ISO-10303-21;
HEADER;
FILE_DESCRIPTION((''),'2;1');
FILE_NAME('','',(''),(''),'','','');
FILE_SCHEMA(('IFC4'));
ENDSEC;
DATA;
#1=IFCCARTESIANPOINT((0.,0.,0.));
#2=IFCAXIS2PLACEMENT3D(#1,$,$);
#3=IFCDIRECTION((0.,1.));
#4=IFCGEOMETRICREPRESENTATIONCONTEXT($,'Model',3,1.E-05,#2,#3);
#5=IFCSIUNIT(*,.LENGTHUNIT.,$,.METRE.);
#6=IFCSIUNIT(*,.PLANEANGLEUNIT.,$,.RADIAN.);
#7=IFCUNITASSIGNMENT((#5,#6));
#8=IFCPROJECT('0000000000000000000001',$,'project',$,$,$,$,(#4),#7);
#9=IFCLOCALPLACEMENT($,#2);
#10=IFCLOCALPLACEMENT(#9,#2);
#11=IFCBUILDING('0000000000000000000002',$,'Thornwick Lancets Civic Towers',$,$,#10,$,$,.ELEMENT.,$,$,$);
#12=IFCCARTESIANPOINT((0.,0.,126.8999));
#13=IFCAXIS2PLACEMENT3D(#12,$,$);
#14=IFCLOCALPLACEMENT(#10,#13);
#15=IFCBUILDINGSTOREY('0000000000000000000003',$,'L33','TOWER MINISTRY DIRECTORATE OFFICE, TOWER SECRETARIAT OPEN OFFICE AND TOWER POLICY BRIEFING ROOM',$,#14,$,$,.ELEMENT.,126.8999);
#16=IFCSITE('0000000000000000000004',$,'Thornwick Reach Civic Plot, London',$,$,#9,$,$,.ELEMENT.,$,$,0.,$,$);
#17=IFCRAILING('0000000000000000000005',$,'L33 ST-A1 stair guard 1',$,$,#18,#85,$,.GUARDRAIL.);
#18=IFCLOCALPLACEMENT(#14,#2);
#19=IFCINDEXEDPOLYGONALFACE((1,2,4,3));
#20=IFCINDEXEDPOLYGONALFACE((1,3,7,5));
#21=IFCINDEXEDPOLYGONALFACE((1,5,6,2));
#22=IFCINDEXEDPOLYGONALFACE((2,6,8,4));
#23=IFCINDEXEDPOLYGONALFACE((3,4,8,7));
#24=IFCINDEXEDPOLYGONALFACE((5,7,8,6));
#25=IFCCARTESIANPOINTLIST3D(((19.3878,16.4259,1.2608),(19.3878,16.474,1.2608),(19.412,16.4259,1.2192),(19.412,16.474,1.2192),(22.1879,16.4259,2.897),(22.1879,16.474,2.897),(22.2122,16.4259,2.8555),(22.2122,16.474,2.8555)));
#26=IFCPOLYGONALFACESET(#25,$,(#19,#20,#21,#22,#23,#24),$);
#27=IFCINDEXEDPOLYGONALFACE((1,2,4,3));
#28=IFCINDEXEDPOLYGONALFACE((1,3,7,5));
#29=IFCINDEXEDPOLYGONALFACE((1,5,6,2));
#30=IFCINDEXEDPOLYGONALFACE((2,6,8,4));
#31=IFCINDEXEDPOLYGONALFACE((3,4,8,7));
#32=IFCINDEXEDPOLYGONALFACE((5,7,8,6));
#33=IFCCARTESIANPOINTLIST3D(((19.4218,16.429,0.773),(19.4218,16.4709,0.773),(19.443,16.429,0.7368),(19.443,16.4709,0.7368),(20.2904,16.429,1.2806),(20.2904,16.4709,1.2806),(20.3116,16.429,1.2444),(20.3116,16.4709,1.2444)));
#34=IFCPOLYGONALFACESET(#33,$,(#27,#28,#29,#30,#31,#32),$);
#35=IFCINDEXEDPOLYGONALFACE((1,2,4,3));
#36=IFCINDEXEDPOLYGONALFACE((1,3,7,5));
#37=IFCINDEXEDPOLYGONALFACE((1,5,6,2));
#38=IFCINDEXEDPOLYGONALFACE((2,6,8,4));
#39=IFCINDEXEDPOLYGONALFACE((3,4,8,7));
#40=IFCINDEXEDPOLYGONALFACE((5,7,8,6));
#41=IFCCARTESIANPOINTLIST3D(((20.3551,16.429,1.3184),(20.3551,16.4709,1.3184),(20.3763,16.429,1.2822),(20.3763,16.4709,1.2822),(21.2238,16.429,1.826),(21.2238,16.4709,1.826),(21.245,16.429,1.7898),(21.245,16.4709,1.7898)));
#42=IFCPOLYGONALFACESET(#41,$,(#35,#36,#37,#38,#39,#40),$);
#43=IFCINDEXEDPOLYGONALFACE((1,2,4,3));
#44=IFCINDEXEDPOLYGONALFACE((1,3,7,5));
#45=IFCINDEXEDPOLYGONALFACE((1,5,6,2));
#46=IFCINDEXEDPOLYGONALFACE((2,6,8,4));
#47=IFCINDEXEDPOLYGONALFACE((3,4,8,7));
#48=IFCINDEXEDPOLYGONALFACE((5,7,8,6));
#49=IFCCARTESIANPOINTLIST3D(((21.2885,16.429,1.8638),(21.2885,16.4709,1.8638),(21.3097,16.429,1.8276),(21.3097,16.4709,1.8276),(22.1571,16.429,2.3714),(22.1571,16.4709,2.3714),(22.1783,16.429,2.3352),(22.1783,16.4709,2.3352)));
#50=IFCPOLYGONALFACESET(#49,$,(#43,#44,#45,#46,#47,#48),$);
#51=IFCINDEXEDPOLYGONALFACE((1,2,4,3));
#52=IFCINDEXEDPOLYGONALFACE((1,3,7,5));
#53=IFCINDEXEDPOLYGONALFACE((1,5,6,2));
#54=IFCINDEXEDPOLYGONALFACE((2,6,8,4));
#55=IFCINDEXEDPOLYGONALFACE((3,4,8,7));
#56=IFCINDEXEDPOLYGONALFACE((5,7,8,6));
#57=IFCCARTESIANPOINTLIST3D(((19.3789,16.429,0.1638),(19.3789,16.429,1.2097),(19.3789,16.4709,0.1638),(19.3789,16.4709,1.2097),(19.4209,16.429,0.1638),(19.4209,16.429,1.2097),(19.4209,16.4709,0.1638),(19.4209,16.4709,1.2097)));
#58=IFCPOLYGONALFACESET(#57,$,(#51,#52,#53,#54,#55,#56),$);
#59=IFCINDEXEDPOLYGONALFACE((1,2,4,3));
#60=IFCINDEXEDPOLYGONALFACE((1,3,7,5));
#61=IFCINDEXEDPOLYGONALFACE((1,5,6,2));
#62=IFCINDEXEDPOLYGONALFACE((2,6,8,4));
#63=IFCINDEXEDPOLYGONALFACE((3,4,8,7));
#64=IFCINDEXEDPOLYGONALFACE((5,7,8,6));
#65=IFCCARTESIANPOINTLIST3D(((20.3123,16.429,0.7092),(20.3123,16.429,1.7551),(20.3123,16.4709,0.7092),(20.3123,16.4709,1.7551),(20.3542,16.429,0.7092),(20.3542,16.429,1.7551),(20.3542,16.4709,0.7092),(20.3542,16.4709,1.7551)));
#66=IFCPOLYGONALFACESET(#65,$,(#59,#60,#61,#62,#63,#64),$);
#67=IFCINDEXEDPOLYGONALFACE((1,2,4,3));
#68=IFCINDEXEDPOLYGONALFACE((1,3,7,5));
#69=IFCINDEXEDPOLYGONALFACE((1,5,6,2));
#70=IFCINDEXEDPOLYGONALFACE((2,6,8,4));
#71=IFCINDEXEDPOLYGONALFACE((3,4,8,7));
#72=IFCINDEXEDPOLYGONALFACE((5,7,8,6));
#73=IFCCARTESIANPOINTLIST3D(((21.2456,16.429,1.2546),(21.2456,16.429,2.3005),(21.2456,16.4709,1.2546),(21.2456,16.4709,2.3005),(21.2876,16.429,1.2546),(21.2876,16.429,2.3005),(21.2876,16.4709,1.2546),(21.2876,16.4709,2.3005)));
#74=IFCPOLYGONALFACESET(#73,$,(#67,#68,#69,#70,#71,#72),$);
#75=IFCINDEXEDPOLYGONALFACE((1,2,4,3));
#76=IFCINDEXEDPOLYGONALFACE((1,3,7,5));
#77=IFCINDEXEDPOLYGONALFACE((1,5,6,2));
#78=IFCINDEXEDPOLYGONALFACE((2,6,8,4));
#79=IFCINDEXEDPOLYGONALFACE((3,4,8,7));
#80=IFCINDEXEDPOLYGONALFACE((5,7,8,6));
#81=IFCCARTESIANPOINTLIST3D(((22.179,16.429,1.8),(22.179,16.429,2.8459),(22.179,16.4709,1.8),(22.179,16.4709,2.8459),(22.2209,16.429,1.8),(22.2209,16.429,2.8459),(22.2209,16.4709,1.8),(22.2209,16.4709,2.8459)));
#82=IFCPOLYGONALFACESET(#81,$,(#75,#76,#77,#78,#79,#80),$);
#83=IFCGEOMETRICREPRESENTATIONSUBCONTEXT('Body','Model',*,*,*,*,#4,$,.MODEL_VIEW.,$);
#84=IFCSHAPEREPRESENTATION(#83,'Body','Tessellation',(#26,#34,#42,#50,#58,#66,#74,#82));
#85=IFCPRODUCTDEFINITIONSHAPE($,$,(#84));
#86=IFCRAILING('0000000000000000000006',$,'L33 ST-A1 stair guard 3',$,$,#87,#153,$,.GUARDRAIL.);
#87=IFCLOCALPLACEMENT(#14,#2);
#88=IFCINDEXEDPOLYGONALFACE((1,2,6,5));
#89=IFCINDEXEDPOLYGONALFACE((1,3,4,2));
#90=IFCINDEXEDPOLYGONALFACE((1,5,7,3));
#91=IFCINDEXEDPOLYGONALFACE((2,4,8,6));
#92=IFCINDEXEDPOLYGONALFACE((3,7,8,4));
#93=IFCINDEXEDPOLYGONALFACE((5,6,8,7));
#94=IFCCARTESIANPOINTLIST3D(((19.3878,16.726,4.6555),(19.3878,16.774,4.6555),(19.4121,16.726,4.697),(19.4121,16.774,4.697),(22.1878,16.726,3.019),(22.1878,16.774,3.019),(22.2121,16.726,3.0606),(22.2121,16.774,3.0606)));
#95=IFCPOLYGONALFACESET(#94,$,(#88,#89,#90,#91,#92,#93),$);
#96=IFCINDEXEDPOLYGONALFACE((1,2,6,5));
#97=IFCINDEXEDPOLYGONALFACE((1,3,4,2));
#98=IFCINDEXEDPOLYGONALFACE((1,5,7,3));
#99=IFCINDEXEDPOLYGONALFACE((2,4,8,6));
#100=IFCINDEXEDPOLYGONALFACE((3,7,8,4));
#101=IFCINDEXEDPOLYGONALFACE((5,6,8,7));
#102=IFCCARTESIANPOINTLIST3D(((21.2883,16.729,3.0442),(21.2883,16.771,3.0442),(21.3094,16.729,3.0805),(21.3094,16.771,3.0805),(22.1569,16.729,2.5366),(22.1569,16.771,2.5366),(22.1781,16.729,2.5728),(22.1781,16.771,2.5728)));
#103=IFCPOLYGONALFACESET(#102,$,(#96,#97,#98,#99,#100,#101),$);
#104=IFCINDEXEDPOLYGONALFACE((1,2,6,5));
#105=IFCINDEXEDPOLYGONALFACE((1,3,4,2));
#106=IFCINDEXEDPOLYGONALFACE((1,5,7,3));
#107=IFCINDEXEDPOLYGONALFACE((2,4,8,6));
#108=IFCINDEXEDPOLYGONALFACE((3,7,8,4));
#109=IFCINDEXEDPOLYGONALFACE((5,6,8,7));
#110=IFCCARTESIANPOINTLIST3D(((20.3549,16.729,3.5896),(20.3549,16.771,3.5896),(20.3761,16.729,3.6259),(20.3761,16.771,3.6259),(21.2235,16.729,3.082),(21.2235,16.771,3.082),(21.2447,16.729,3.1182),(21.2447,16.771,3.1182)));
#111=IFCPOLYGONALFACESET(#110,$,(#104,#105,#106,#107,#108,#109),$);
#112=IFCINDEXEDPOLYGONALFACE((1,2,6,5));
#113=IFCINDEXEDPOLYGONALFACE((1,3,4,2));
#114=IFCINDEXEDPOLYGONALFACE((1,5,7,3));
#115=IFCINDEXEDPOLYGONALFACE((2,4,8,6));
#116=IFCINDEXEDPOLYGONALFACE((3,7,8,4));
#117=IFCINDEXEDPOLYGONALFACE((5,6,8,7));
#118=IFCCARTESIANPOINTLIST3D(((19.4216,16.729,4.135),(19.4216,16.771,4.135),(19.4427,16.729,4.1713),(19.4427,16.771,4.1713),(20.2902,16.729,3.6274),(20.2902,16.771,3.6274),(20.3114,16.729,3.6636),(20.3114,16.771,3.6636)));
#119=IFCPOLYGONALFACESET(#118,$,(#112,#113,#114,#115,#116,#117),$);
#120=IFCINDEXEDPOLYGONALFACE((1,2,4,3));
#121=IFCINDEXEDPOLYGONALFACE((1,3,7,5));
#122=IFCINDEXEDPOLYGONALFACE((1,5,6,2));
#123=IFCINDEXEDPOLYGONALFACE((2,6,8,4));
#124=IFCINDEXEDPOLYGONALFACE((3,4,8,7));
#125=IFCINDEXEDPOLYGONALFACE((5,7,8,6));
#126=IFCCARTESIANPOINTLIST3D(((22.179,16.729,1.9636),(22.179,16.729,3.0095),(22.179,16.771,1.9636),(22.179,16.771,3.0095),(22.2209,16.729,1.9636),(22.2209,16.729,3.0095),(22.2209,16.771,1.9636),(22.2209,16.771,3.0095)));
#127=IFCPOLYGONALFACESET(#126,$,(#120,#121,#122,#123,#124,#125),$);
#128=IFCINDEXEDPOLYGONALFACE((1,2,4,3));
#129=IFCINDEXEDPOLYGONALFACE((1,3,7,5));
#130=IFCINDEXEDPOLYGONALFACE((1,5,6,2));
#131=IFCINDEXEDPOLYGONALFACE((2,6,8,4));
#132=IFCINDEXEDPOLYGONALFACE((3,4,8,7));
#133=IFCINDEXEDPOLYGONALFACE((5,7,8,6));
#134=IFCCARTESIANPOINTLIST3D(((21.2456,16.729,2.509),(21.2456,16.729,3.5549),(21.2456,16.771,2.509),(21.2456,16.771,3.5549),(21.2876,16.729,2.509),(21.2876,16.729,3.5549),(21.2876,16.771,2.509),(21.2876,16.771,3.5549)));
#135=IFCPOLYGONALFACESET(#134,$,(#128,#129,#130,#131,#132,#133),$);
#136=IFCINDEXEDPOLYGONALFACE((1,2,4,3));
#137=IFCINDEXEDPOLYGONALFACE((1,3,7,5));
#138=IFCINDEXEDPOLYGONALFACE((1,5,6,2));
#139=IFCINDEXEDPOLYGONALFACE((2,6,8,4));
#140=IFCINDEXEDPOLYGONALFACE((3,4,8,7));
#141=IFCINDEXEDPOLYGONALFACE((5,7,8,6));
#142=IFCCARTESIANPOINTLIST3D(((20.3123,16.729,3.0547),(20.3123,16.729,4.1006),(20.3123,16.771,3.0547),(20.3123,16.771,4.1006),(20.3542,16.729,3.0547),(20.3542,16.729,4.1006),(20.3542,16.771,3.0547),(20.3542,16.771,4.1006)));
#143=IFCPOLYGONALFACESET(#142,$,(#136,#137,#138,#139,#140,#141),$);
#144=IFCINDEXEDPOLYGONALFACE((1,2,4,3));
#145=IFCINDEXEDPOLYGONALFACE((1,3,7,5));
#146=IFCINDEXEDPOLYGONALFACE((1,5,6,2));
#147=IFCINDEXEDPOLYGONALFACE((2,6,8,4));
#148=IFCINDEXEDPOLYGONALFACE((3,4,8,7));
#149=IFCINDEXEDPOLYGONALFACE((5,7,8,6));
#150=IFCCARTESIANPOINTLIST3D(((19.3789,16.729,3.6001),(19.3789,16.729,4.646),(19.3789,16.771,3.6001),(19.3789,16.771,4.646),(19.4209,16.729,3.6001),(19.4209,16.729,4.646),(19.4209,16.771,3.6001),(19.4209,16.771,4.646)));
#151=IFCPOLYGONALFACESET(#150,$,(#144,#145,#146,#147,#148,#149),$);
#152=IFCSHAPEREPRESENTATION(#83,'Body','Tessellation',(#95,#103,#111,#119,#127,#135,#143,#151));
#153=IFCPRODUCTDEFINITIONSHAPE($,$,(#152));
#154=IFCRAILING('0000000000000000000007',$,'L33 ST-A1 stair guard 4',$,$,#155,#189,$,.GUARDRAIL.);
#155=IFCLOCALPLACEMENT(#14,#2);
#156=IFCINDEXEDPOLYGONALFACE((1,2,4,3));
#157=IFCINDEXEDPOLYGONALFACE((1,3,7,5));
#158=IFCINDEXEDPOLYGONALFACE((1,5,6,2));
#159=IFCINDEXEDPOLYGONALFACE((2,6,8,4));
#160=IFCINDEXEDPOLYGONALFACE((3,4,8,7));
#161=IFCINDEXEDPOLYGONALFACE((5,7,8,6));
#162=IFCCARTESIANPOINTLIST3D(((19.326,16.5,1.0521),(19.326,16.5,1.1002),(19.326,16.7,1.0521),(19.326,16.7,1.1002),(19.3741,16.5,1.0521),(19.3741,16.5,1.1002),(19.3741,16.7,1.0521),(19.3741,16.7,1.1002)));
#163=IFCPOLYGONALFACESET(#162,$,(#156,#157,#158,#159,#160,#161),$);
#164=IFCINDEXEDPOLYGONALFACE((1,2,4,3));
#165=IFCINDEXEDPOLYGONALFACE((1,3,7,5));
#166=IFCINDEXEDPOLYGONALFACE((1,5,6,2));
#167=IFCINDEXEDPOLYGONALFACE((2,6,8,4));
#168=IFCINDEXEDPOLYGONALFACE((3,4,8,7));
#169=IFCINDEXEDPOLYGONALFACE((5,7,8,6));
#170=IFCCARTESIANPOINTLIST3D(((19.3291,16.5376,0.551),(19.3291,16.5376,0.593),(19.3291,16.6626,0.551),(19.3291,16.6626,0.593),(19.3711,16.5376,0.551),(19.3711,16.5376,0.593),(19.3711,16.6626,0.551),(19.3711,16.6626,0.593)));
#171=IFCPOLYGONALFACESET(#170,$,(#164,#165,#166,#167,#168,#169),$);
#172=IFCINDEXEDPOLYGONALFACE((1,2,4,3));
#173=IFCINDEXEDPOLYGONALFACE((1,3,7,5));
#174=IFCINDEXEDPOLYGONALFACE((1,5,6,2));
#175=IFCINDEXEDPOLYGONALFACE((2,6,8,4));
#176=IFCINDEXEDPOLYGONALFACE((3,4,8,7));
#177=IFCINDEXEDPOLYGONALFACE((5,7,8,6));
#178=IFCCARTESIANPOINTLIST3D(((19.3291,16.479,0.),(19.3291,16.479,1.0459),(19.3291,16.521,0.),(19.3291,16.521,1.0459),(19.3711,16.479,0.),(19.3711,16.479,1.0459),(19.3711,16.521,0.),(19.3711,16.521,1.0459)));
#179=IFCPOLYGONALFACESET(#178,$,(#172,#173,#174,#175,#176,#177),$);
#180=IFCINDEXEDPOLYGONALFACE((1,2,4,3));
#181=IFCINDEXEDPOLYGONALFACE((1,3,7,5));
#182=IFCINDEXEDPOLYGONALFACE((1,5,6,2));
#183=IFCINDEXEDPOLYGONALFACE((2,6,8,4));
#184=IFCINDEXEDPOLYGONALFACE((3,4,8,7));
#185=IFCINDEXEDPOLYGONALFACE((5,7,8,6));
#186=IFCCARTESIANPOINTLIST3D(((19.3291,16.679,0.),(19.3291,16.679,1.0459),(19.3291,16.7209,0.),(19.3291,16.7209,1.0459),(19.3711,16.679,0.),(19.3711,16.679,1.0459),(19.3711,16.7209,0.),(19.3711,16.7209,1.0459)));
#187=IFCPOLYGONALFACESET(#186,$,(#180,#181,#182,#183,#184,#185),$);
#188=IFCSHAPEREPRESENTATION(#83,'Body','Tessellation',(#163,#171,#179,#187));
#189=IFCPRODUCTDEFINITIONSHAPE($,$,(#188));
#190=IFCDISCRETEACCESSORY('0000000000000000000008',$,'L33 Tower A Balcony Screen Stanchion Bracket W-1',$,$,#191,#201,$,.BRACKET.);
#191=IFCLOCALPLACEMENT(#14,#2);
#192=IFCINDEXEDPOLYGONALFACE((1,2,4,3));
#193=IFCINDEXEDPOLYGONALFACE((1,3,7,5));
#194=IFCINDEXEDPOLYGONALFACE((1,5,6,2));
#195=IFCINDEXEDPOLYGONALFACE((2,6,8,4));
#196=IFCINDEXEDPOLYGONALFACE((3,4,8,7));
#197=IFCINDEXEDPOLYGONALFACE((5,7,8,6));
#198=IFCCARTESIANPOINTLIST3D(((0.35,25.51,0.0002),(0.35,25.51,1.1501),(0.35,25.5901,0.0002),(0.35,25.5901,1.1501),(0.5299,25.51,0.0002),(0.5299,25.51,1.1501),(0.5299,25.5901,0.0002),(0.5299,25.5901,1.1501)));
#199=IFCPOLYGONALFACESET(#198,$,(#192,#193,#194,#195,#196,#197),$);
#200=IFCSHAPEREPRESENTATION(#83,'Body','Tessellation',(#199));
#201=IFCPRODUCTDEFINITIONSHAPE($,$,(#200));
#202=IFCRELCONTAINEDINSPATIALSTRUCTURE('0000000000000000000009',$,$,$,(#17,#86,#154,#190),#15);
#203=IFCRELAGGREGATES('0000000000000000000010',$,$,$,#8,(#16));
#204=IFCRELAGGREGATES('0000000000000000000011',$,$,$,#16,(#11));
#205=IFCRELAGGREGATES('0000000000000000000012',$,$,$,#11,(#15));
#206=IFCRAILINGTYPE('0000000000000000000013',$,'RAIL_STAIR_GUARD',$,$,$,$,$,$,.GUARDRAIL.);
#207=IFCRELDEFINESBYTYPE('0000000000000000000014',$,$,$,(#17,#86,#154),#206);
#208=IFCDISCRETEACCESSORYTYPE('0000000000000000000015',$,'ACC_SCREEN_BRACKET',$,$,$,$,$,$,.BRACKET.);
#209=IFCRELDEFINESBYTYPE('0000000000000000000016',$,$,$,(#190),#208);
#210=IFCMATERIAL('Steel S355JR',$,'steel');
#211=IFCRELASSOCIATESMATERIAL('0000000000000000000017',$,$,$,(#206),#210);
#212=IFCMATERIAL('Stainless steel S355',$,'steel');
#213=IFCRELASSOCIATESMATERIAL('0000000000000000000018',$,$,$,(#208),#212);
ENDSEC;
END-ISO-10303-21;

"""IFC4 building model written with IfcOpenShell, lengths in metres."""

from ifc_helpers import new_model, si_unit, direction, frame, origin, origin_2d, place, context, subcontext, project, spatial, rectangle, extrude, material, type_object, element, save


model = new_model("IFC4")

# Units and contexts
model_context = context("Model", 3, precision=1e-05, world=origin(), true_north=direction((0.0, 1.0)))
body_context = subcontext(model_context, "Body", "Model", "MODEL_VIEW")
ifc_project = project(units=[si_unit("LENGTHUNIT", "METRE"), si_unit("PLANEANGLEUNIT", "RADIAN")], contexts=[model_context])

# Site, building, storey
site_placement = place(None, origin())
site = spatial("IfcSite", under=ifc_project, at=site_placement, Name="Thornwick Reach Civic Plot, London", CompositionType="ELEMENT", RefElevation=0.0)
building_placement = place(site_placement, origin())
building = spatial("IfcBuilding", under=site, at=building_placement, Name="Thornwick Lancets Civic Towers", CompositionType="ELEMENT")
storey_placement = place(building_placement, frame((0.0, 0.0, 126.8999)))
storey = spatial("IfcBuildingStorey", under=building, at=storey_placement, Name="L33", Description="TOWER MINISTRY DIRECTORATE OFFICE, TOWER SECRETARIAT OPEN OFFICE AND TOWER POLICY BRIEFING ROOM", CompositionType="ELEMENT", Elevation=126.8999)

# Shared definitions
ifc_material_1 = material(Name="Steel S355JR", Category="steel")

# Railings
railing_type_1 = type_object("IfcRailingType", Name="RAIL_STAIR_GUARD", PredefinedType="GUARDRAIL", material=ifc_material_1)
railing_1_placement = place(storey_placement, frame((19.3999, 16.45, 0.1638)))
element("IfcRailing", 1, at=railing_1_placement, inside=storey, type_object=railing_type_1, Name="L33 ST-A1 stair guard 1", PredefinedType="GUARDRAIL", context=body_context, shape_type="SweptSolid", body=[
    extrude(rectangle(XDim=0.0481, YDim=0.0481, at=origin_2d()), frame((0.0, 0.0, 1.0762), z_axis=(0.863394, 0.0, 0.504531), x_axis=(0.0, 1.0, 0.0)), (0.0, 0.0, 1.0), 3.2432),
    extrude(rectangle(XDim=0.042, YDim=0.042, at=origin_2d()), frame((0.0325, 0.0, 0.5911), z_axis=(0.863394, 0.0, 0.504531), x_axis=(0.0, 1.0, 0.0)), (0.0, 0.0, 1.0), 1.0061),
    extrude(rectangle(XDim=0.042, YDim=0.042, at=origin_2d()), frame((0.9658, 0.0, 1.1365), z_axis=(0.863394, 0.0, 0.504531), x_axis=(0.0, 1.0, 0.0)), (0.0, 0.0, 1.0), 1.0061),
    extrude(rectangle(XDim=0.042, YDim=0.042, at=origin_2d()), frame((1.8992, 0.0, 1.6819), z_axis=(0.863394, 0.0, 0.504531), x_axis=(0.0, 1.0, 0.0)), (0.0, 0.0, 1.0), 1.0061),
    extrude(rectangle(XDim=0.042, YDim=0.042, at=origin_2d()), origin(), (0.0, 0.0, 1.0), 1.0459),
    extrude(rectangle(XDim=0.042, YDim=0.042, at=origin_2d()), frame((0.9333, 0.0, 0.5454)), (0.0, 0.0, 1.0), 1.0459),
    extrude(rectangle(XDim=0.042, YDim=0.042, at=origin_2d()), frame((1.8667, 0.0, 1.0908)), (0.0, 0.0, 1.0), 1.0459),
    extrude(rectangle(XDim=0.042, YDim=0.042, at=origin_2d()), frame((2.8, 0.0, 1.6362)), (0.0, 0.0, 1.0), 1.0459),
])
railing_2_placement = place(storey_placement, frame((22.2, 16.75, 1.9636)))
element("IfcRailing", 2, at=railing_2_placement, inside=storey, type_object=railing_type_1, Name="L33 ST-A1 stair guard 3", PredefinedType="GUARDRAIL", context=body_context, shape_type="SweptSolid", body=[
    extrude(rectangle(XDim=0.0481, YDim=0.0481, at=origin_2d()), frame((0.0, 0.0, 1.0762), z_axis=(-0.863361, 0.0, 0.504587), x_axis=(0.0, -1.0, 0.0)), (0.0, 0.0, 1.0), 3.2432),
    extrude(rectangle(XDim=0.042, YDim=0.042, at=origin_2d()), frame((-0.0325, 0.0, 0.5911), z_axis=(-0.863361, 0.0, 0.504587), x_axis=(0.0, -1.0, 0.0)), (0.0, 0.0, 1.0), 1.0061),
    extrude(rectangle(XDim=0.042, YDim=0.042, at=origin_2d()), frame((-0.9658, 0.0, 1.1365), z_axis=(-0.863361, 0.0, 0.504587), x_axis=(0.0, -1.0, 0.0)), (0.0, 0.0, 1.0), 1.0061),
    extrude(rectangle(XDim=0.042, YDim=0.042, at=origin_2d()), frame((-1.8992, 0.0, 1.6819), z_axis=(-0.863361, 0.0, 0.504587), x_axis=(0.0, -1.0, 0.0)), (0.0, 0.0, 1.0), 1.0061),
    extrude(rectangle(XDim=0.042, YDim=0.042, at=origin_2d()), origin(), (0.0, 0.0, 1.0), 1.0459),
    extrude(rectangle(XDim=0.042, YDim=0.042, at=origin_2d()), frame((-0.9333, 0.0, 0.5454)), (0.0, 0.0, 1.0), 1.0459),
    extrude(rectangle(XDim=0.042, YDim=0.042, at=origin_2d()), frame((-1.8667, 0.0, 1.0911)), (0.0, 0.0, 1.0), 1.0459),
    extrude(rectangle(XDim=0.042, YDim=0.042, at=origin_2d()), frame((-2.8, 0.0, 1.6365)), (0.0, 0.0, 1.0), 1.0459),
])
railing_3_placement = place(storey_placement, frame((19.3501, 16.5, 0.0)))
element("IfcRailing", 3, at=railing_3_placement, inside=storey, type_object=railing_type_1, Name="L33 ST-A1 stair guard 4", PredefinedType="GUARDRAIL", context=body_context, shape_type="SweptSolid", body=[
    extrude(rectangle(XDim=0.0481, YDim=0.0481, at=origin_2d()), frame((0.0, 0.0, 1.0762), z_axis=(0.0, 1.0, 0.0), x_axis=(-1.0, 0.0, 0.0)), (0.0, 0.0, 1.0), 0.2),
    extrude(rectangle(XDim=0.042, YDim=0.042, at=origin_2d()), frame((0.0, 0.0376, 0.572), z_axis=(0.0, 1.0, 0.0), x_axis=(-1.0, 0.0, 0.0)), (0.0, 0.0, 1.0), 0.125),
    extrude(rectangle(XDim=0.042, YDim=0.042, at=origin_2d()), origin(), (0.0, 0.0, 1.0), 1.0459),
    extrude(rectangle(XDim=0.042, YDim=0.042, at=origin_2d()), frame((0.0, 0.2, 0.0)), (0.0, 0.0, 1.0), 1.0459),
])

# Discrete accessory
ifc_material_2 = material(Name="Stainless steel S355", Category="steel")
discrete_accessory_type = type_object("IfcDiscreteAccessoryType", Name="ACC_SCREEN_BRACKET", PredefinedType="BRACKET", material=ifc_material_2)
discrete_accessory_placement = place(storey_placement, frame((0.4399, 25.55, 0.0002), z_axis=(0.0, 0.0, 1.0), x_axis=(0.0, 1.0, 0.0)))
element("IfcDiscreteAccessory", 4, at=discrete_accessory_placement, inside=storey, type_object=discrete_accessory_type, Name="L33 Tower A Balcony Screen Stanchion Bracket W-1", PredefinedType="BRACKET", context=body_context, shape_type="SweptSolid", body=[
    extrude(rectangle(XDim=0.0801, YDim=0.1799, at=origin_2d()), origin(), (0.0, 0.0, 1.0), 1.1499),
])

save(model, "model.ifc")
